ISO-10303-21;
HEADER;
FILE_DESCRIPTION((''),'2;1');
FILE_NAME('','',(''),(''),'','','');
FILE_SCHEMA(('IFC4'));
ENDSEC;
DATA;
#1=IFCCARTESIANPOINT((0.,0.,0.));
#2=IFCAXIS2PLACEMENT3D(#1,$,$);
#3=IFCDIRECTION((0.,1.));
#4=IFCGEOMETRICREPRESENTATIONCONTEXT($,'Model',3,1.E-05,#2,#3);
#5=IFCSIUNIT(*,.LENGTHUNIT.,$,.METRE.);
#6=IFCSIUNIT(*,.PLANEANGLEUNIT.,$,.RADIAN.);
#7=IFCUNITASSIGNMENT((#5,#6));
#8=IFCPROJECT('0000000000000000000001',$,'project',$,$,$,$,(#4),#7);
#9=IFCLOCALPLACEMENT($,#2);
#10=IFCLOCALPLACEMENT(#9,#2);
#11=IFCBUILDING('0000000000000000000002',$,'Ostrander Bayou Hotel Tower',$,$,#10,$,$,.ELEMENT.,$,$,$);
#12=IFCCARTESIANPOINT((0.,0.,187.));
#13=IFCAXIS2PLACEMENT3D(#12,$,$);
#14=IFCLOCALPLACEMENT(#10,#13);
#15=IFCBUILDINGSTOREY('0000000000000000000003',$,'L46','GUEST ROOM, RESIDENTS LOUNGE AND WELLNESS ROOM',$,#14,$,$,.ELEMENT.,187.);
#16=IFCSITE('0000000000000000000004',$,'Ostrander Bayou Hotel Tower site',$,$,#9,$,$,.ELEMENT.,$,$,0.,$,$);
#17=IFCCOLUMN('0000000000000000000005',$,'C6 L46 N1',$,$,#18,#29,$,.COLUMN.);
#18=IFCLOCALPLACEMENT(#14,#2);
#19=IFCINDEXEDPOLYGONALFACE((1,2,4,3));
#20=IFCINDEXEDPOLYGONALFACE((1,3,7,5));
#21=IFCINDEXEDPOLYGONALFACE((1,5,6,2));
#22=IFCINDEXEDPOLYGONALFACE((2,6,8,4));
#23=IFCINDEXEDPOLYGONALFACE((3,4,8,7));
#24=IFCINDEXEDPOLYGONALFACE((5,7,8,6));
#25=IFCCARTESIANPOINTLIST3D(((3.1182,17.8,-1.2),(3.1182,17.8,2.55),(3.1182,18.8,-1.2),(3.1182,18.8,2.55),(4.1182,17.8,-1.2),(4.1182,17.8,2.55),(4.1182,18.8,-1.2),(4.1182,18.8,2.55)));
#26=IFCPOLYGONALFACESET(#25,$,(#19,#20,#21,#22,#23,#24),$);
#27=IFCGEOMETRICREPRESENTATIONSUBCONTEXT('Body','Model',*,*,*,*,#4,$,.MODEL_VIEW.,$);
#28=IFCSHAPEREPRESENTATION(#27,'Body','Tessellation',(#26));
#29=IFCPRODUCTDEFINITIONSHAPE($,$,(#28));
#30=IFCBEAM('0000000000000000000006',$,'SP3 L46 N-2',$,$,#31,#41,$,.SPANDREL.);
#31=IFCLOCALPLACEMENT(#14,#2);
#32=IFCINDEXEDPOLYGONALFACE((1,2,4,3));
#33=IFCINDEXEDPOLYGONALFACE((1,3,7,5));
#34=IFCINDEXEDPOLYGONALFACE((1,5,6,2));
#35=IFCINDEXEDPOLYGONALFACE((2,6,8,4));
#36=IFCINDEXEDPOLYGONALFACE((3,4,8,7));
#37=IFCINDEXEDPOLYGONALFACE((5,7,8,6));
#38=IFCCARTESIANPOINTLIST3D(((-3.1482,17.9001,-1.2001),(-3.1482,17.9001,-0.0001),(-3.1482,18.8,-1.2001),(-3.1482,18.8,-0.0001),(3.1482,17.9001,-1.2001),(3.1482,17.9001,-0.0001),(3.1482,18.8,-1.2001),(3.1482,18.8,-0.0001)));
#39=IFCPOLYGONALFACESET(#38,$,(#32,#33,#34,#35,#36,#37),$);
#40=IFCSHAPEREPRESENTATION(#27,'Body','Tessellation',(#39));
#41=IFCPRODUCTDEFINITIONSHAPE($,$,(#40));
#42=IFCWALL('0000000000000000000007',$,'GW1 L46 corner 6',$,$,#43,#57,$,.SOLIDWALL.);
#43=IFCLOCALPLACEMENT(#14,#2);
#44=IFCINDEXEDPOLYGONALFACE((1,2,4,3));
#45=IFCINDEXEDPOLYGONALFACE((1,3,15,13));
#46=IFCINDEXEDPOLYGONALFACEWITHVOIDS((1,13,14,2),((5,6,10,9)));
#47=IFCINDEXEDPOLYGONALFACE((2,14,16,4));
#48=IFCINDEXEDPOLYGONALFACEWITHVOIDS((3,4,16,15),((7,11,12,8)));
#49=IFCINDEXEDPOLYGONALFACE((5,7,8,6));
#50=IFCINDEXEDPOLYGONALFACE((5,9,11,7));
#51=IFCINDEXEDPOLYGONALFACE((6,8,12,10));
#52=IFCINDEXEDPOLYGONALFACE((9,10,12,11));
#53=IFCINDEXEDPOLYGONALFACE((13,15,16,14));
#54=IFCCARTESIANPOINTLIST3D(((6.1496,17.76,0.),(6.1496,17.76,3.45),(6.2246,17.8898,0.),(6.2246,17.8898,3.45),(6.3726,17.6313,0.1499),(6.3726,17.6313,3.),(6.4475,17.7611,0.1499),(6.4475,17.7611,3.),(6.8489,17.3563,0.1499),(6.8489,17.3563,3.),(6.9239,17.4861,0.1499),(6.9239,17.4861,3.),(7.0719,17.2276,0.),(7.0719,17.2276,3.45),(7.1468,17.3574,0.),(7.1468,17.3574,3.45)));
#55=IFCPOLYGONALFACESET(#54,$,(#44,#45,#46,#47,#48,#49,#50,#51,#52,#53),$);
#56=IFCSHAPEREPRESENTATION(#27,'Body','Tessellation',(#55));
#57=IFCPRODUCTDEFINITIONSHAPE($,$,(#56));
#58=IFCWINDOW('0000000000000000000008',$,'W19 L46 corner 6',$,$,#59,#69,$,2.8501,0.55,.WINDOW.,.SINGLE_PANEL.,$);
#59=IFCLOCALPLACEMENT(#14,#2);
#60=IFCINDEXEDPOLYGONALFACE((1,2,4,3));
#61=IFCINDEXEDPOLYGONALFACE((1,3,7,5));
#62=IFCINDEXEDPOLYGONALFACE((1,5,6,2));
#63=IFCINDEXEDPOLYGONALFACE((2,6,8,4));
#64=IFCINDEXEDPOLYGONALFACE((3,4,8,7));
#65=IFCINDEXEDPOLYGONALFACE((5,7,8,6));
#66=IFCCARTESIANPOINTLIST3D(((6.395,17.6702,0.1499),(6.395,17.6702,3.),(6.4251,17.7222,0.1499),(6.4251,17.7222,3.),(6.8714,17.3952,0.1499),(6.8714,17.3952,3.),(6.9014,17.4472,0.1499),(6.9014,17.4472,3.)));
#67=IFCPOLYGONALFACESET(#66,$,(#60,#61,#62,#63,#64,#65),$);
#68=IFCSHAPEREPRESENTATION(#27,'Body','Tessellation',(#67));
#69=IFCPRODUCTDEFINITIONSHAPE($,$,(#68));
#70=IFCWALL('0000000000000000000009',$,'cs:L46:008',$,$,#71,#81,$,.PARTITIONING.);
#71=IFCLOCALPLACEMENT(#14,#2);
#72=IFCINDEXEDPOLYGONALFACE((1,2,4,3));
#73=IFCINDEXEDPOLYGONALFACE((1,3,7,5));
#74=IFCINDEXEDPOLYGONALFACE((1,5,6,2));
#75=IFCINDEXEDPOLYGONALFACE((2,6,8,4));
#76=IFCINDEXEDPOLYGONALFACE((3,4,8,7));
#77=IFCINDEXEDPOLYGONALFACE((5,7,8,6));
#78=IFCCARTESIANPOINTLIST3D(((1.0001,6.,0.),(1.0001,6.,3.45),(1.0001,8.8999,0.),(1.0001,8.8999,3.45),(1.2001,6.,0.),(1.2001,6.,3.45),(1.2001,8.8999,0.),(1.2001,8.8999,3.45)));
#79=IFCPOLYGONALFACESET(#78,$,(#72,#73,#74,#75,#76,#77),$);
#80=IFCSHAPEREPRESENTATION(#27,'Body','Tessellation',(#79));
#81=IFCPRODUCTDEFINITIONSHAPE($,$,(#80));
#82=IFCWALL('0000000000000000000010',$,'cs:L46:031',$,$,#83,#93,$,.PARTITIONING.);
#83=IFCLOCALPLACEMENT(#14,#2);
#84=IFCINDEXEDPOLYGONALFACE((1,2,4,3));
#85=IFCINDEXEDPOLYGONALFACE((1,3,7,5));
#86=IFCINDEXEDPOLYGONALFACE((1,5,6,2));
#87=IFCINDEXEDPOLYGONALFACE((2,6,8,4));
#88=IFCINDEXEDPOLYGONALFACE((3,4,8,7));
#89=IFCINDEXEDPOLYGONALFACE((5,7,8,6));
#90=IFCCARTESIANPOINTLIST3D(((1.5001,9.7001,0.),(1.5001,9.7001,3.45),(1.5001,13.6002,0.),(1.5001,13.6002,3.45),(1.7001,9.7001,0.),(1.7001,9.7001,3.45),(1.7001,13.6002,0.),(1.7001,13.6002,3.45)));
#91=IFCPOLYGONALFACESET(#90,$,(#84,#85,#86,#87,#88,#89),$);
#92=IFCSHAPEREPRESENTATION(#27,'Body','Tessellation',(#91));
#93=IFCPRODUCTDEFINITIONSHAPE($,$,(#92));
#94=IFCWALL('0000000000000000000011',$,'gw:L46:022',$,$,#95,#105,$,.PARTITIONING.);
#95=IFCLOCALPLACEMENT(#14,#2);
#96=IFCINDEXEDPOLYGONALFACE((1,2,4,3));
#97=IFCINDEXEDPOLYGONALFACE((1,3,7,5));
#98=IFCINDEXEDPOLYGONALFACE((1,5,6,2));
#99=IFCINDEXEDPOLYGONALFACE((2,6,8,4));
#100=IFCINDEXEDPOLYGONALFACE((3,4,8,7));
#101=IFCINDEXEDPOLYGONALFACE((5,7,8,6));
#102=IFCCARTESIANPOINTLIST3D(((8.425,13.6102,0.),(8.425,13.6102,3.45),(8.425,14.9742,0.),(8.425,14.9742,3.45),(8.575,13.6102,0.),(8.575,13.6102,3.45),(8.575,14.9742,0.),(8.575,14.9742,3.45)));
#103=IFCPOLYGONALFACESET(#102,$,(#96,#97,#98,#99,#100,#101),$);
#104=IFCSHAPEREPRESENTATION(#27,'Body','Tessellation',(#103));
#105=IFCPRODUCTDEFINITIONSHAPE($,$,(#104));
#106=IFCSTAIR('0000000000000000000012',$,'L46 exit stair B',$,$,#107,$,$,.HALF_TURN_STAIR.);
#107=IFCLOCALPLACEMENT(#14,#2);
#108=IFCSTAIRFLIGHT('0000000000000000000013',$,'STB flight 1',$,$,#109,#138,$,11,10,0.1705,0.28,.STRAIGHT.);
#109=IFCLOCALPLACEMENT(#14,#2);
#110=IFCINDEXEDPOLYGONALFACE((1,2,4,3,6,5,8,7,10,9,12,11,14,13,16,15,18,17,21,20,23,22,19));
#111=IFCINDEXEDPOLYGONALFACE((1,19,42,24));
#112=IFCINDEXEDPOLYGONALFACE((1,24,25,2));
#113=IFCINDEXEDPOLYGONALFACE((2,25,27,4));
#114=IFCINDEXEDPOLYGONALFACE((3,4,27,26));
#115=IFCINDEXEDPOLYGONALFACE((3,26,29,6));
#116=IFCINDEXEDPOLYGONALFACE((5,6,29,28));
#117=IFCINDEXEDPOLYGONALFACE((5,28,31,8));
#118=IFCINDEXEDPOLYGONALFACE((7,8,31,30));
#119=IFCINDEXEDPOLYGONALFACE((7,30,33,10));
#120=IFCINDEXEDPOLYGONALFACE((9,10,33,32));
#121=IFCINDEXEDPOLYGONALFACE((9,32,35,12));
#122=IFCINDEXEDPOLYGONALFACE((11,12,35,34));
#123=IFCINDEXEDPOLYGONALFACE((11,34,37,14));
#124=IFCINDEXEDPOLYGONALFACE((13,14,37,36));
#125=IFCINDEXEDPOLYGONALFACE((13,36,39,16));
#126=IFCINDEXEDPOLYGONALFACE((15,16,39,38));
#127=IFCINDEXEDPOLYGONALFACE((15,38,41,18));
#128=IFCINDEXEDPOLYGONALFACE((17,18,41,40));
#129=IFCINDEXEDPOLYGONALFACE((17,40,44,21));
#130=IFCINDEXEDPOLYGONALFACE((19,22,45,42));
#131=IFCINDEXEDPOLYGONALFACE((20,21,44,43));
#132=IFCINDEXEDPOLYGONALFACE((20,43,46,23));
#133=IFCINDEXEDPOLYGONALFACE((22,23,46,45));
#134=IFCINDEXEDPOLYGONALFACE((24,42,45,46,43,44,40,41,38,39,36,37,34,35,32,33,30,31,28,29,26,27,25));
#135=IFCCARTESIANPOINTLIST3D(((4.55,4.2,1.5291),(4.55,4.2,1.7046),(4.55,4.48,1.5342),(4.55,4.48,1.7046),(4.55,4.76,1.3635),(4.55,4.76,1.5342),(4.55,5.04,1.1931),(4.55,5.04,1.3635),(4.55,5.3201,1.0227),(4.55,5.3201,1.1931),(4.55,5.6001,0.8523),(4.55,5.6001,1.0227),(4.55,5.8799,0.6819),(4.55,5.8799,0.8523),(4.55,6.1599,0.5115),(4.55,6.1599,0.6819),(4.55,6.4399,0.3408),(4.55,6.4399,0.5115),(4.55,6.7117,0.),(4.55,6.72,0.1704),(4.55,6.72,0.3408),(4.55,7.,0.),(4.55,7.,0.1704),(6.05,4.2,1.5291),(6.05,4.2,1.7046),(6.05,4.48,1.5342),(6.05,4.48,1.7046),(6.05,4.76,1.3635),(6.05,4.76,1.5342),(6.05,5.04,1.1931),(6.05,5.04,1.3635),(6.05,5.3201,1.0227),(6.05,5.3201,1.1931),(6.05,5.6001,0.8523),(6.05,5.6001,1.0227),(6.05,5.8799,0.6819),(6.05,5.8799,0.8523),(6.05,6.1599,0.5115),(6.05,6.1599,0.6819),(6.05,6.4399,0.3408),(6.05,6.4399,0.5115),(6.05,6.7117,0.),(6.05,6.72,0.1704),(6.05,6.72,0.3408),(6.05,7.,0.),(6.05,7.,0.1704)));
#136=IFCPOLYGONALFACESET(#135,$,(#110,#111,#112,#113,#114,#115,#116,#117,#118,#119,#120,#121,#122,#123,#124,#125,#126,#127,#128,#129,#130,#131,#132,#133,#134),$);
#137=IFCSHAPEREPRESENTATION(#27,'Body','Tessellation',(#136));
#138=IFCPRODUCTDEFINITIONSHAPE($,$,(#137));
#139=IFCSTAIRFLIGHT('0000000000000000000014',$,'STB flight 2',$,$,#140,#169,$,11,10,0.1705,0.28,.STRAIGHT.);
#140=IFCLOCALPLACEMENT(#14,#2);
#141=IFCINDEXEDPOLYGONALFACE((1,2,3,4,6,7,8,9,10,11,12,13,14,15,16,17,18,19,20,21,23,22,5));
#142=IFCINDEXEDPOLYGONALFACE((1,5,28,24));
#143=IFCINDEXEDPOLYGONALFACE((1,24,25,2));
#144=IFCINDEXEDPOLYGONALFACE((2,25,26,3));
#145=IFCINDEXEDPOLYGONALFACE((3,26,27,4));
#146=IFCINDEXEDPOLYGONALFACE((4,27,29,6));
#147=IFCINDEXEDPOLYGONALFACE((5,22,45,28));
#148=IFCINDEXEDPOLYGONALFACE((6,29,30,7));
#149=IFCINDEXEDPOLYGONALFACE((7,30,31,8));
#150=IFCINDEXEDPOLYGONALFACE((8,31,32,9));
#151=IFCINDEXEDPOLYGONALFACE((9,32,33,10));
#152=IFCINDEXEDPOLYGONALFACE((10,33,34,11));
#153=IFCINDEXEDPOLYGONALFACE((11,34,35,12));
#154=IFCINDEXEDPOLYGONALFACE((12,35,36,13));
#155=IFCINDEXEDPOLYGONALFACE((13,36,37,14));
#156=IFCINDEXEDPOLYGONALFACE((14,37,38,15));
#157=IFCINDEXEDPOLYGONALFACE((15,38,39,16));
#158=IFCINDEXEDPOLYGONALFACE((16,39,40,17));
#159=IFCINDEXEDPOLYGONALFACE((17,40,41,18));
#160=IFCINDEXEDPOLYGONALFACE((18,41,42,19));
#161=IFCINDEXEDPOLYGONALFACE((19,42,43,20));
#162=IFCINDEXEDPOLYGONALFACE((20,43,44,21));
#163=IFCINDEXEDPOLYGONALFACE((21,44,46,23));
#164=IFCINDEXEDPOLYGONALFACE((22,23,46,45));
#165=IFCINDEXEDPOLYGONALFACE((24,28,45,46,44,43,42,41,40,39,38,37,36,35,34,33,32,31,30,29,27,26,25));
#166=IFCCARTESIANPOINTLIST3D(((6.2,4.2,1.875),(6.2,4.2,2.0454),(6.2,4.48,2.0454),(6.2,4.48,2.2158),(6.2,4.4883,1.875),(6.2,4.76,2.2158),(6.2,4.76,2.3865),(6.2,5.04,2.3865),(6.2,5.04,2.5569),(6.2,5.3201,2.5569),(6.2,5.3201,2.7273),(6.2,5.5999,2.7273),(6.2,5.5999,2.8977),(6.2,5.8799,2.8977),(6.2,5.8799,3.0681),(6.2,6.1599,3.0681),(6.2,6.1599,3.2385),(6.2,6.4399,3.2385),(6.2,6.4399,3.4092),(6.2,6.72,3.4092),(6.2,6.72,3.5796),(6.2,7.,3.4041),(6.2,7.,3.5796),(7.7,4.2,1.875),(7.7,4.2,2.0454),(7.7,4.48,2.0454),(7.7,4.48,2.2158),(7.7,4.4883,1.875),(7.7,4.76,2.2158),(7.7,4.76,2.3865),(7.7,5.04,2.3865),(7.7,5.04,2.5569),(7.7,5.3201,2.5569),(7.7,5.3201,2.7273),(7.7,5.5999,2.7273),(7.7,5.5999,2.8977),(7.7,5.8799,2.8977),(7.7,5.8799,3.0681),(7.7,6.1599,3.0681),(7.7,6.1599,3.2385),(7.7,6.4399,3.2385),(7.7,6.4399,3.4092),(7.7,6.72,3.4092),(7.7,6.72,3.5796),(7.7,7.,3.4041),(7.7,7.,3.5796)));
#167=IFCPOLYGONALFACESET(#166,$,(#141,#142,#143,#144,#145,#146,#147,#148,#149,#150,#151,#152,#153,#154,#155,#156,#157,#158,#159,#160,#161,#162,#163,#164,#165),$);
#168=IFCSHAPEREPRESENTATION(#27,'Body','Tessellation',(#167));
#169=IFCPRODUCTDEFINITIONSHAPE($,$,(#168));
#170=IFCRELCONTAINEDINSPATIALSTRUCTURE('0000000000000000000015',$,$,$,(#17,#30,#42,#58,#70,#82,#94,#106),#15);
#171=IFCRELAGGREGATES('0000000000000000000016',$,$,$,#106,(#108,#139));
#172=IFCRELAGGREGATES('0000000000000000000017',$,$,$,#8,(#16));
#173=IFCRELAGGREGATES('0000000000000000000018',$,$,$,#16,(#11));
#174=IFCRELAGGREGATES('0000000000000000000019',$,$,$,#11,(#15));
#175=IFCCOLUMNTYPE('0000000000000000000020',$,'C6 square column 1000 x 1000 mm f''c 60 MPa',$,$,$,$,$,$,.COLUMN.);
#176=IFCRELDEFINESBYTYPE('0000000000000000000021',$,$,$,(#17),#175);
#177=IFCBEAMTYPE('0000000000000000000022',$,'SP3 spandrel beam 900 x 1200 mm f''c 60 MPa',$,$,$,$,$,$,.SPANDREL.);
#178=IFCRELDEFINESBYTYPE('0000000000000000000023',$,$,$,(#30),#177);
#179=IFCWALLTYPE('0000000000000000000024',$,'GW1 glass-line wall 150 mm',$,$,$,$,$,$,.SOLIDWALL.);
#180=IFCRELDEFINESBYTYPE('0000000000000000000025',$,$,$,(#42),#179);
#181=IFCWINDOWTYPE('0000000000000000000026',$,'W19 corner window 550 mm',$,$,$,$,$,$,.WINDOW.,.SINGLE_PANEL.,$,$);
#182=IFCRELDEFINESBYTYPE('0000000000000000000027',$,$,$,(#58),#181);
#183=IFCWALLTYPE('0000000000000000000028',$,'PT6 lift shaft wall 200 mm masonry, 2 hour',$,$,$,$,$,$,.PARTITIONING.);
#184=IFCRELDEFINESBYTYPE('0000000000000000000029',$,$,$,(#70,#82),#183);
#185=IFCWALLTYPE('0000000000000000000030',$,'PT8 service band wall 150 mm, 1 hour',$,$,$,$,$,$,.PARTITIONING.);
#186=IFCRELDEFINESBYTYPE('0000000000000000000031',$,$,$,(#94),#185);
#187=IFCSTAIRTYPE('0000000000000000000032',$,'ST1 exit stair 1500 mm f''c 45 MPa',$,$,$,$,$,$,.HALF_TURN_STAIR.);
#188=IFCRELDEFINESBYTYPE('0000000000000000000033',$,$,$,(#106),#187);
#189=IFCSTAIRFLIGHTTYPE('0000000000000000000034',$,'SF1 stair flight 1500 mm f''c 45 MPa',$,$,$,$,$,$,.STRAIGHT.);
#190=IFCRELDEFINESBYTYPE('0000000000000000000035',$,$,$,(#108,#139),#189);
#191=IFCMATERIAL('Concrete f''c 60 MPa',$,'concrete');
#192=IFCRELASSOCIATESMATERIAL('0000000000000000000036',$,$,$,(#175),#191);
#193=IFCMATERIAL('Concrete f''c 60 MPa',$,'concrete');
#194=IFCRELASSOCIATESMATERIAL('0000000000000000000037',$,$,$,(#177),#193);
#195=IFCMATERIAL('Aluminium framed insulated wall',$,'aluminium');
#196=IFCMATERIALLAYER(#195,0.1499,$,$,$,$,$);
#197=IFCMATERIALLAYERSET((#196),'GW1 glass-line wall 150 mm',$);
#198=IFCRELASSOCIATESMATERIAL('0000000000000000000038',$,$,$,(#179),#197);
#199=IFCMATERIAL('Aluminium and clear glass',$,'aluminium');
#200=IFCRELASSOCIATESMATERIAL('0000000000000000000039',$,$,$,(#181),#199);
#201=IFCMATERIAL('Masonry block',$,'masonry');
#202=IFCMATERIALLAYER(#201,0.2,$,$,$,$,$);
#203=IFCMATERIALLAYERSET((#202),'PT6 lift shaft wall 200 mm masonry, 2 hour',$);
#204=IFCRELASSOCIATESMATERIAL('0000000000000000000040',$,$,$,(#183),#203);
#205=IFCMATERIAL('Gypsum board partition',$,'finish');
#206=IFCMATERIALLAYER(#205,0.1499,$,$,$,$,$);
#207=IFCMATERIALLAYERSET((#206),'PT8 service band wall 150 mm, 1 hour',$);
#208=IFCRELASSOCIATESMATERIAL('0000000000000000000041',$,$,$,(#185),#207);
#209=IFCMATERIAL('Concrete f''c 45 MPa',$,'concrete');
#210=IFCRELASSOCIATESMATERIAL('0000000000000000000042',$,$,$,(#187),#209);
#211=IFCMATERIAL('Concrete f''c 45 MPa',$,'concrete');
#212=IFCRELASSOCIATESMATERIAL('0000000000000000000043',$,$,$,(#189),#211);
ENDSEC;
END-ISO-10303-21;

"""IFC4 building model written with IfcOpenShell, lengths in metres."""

from ifc_helpers import new_model, si_unit, direction, frame, frame_2d, origin, origin_2d, place, context, subcontext, project, spatial, polyline, rectangle, outline, extrude, material, layer, layer_set, material_profile, profile_set, type_object, element, fill, aggregate, save


model = new_model("IFC4")

# Units and contexts
model_context = context("Model", 3, precision=1e-05, world=origin(), true_north=direction((0.0, 1.0)))
body_context = subcontext(model_context, "Body", "Model", "MODEL_VIEW")
ifc_project = project(units=[si_unit("LENGTHUNIT", "METRE"), si_unit("PLANEANGLEUNIT", "RADIAN")], contexts=[model_context])

# Site, building, storey
site_placement = place(None, origin())
site = spatial("IfcSite", under=ifc_project, at=site_placement, Name="Ostrander Bayou Hotel Tower site", CompositionType="ELEMENT", RefElevation=0.0)
building_placement = place(site_placement, origin())
building = spatial("IfcBuilding", under=site, at=building_placement, Name="Ostrander Bayou Hotel Tower", CompositionType="ELEMENT")
storey_placement = place(building_placement, frame((0.0, 0.0, 187.0)))
storey = spatial("IfcBuildingStorey", under=building, at=storey_placement, Name="L46", Description="GUEST ROOM, RESIDENTS LOUNGE AND WELLNESS ROOM", CompositionType="ELEMENT", Elevation=187.0)

# Column
ifc_material_1 = material(Name="Concrete f'c 60 MPa", Category="concrete")
ifc_material_profile_1 = material_profile(ifc_material_1, rectangle(XDim=1.0, YDim=1.0, at=origin_2d()))
ifc_profile_set_1 = profile_set([ifc_material_profile_1], Name="Concrete f'c 60 MPa")
column_type = type_object("IfcColumnType", Name="C6 square column 1000 x 1000 mm f'c 60 MPa", PredefinedType="COLUMN", material=ifc_profile_set_1)
column_placement = place(storey_placement, frame((3.6182, 18.3, -1.2), z_axis=(0.0, 0.0, 1.0), x_axis=(1.0, 0.0, 0.0)))
element("IfcColumn", 1, at=column_placement, inside=storey, type_object=column_type, Name="C6 L46 N1", PredefinedType="COLUMN", context=body_context, shape_type="SweptSolid", body=[
    extrude(rectangle(XDim=1.0, YDim=1.0, at=origin_2d()), origin(), (0.0, 0.0, 1.0), 3.75),
])

# Beam
ifc_material_2 = material(Name="Concrete f'c 60 MPa", Category="concrete")
ifc_material_profile_2 = material_profile(ifc_material_2, rectangle(XDim=0.8999, YDim=1.2, at=origin_2d()))
ifc_profile_set_2 = profile_set([ifc_material_profile_2], Name="Concrete f'c 60 MPa")
beam_type = type_object("IfcBeamType", Name="SP3 spandrel beam 900 x 1200 mm f'c 60 MPa", PredefinedType="SPANDREL", material=ifc_profile_set_2)
beam_placement = place(storey_placement, frame((3.1482, 18.3501, -0.6001), z_axis=(-1.0, 0.0, 0.0), x_axis=(0.0, -1.0, 0.0)))
element("IfcBeam", 2, at=beam_placement, inside=storey, type_object=beam_type, Name="SP3 L46 N-2", PredefinedType="SPANDREL", context=body_context, shape_type="SweptSolid", body=[
    extrude(rectangle(XDim=0.8999, YDim=1.2, at=origin_2d()), origin(), (0.0, 0.0, 1.0), 6.2964),
])

# Wall, opening, window
ifc_material_3 = material(Name="Aluminium framed insulated wall", Category="aluminium")
ifc_layer_1 = layer(ifc_material_3, 0.1499)
ifc_layer_set_1 = layer_set([ifc_layer_1], Name="GW1 glass-line wall 150 mm")
wall_type_1 = type_object("IfcWallType", Name="GW1 glass-line wall 150 mm", PredefinedType="SOLIDWALL", material=ifc_layer_set_1)
wall_1_placement = place(storey_placement, frame((7.1094, 17.2925, 0.0), z_axis=(0.0, 0.0, 1.0), x_axis=(-0.866048, 0.499961, 0.0)))
wall_1 = element("IfcWall", 3, at=wall_1_placement, inside=storey, type_object=wall_type_1, Name="GW1 L46 corner 6", PredefinedType="SOLIDWALL", context=body_context, shape_type="SweptSolid", body=[
    extrude(rectangle(XDim=1.0649, YDim=0.1499, at=frame_2d((0.5325, 0.0))), origin(), (0.0, 0.0, 1.0), 3.45),
])
opening_1_placement = place(wall_1_placement, frame((0.2576, 0.0, 0.1499)))
opening_1 = element("IfcOpeningElement", 4, at=opening_1_placement, cuts=wall_1, PredefinedType="OPENING", context=body_context, shape_type="SweptSolid", body=[
    extrude(rectangle(XDim=0.55, YDim=2.8501, at=frame_2d((0.2749, 1.425))), frame((0.0, 0.075, 0.0), z_axis=(0.0, -1.0, 0.0), x_axis=(1.0, 0.0, 0.0)), (0.0, 0.0, 1.0), 0.1499),
])
ifc_material_4 = material(Name="Aluminium and clear glass", Category="aluminium")
window_type_1 = type_object("IfcWindowType", Name="W19 corner window 550 mm", PartitioningType="SINGLE_PANEL", PredefinedType="WINDOW", material=ifc_material_4)
window_1_placement = place(opening_1_placement, origin())
window_1 = element("IfcWindow", 5, at=window_1_placement, inside=storey, type_object=window_type_1, Name="W19 L46 corner 6", OverallHeight=2.8501, OverallWidth=0.55, PartitioningType="SINGLE_PANEL", PredefinedType="WINDOW", context=body_context, shape_type="SweptSolid", body=[
    extrude(rectangle(XDim=0.55, YDim=2.8501, at=frame_2d((0.2749, 1.425))), frame((0.0, 0.03, 0.0), z_axis=(0.0, -1.0, 0.0), x_axis=(1.0, 0.0, 0.0)), (0.0, 0.0, 1.0), 0.0601),
])
fill(opening_1, window_1)

# Shared definitions
ifc_material_5 = material(Name="Masonry block", Category="masonry")
ifc_layer_2 = layer(ifc_material_5, 0.2)
ifc_layer_set_2 = layer_set([ifc_layer_2], Name="PT6 lift shaft wall 200 mm masonry, 2 hour")
wall_type_2 = type_object("IfcWallType", Name="PT6 lift shaft wall 200 mm masonry, 2 hour", PredefinedType="PARTITIONING", material=ifc_layer_set_2)

# Walls
wall_2_placement = place(storey_placement, frame((1.1001, 6.0, 0.0), z_axis=(0.0, 0.0, 1.0), x_axis=(0.0, 1.0, 0.0)))
element("IfcWall", 6, at=wall_2_placement, inside=storey, type_object=wall_type_2, Name="cs:L46:008", PredefinedType="PARTITIONING", context=body_context, shape_type="SweptSolid", body=[
    extrude(rectangle(XDim=2.8999, YDim=0.2, at=frame_2d((1.45, 0.0))), origin(), (0.0, 0.0, 1.0), 3.45),
])
wall_3_placement = place(storey_placement, frame((1.6001, 9.7, 0.0), z_axis=(0.0, 0.0, 1.0), x_axis=(0.0, 1.0, 0.0)))
element("IfcWall", 7, at=wall_3_placement, inside=storey, type_object=wall_type_2, Name="cs:L46:031", PredefinedType="PARTITIONING", context=body_context, shape_type="SweptSolid", body=[
    extrude(rectangle(XDim=3.9001, YDim=0.2, at=frame_2d((1.9502, 0.0))), origin(), (0.0, 0.0, 1.0), 3.45),
])
ifc_material_6 = material(Name="Gypsum board partition", Category="finish")
ifc_layer_3 = layer(ifc_material_6, 0.1499)
ifc_layer_set_3 = layer_set([ifc_layer_3], Name="PT8 service band wall 150 mm, 1 hour")
wall_type_3 = type_object("IfcWallType", Name="PT8 service band wall 150 mm, 1 hour", PredefinedType="PARTITIONING", material=ifc_layer_set_3)
wall_4_placement = place(storey_placement, frame((8.5, 13.6101, 0.0), z_axis=(0.0, 0.0, 1.0), x_axis=(0.0, 1.0, 0.0)))
element("IfcWall", 8, at=wall_4_placement, inside=storey, type_object=wall_type_3, Name="gw:L46:022", PredefinedType="PARTITIONING", context=body_context, shape_type="SweptSolid", body=[
    extrude(rectangle(XDim=1.364, YDim=0.1499, at=frame_2d((0.6821, 0.0))), origin(), (0.0, 0.0, 1.0), 3.45),
])

# Stair, stair flights
ifc_material_7 = material(Name="Concrete f'c 45 MPa", Category="concrete")
stair_type = type_object("IfcStairType", Name="ST1 exit stair 1500 mm f'c 45 MPa", PredefinedType="HALF_TURN_STAIR", material=ifc_material_7)
stair_placement = place(storey_placement, origin())
stair = element("IfcStair", 9, at=stair_placement, inside=storey, type_object=stair_type, Name="L46 exit stair B", PredefinedType="HALF_TURN_STAIR")
ifc_material_8 = material(Name="Concrete f'c 45 MPa", Category="concrete")
stair_flight_type = type_object("IfcStairFlightType", Name="SF1 stair flight 1500 mm f'c 45 MPa", PredefinedType="STRAIGHT", material=ifc_material_8)
stair_flight_1_placement = place(storey_placement, frame((5.3, 7.0, 0.0), z_axis=(0.0, 0.0, 1.0), x_axis=(0.0, -1.0, 0.0)))
stair_flight_1 = element("IfcStairFlight", 10, at=stair_flight_1_placement, type_object=stair_flight_type, Name="STB flight 1", NumberOfRisers=11, NumberOfTreads=10, PredefinedType="STRAIGHT", RiserHeight=0.1705, TreadLength=0.28, context=body_context, shape_type="SweptSolid", body=[
    extrude(outline(polyline([(0.0, 0.0), (0.0, 0.1704), (0.28, 0.1704), (0.28, 0.3408), (0.5601, 0.3408), (0.5601, 0.5115), (0.8401, 0.5115), (0.8401, 0.6819), (1.1201, 0.6819), (1.1201, 0.8523), (1.3999, 0.8523), (1.3999, 1.0227), (1.6799, 1.0227), (1.6799, 1.1931), (1.96, 1.1931), (1.96, 1.3635), (2.24, 1.3635), (2.24, 1.5342), (2.52, 1.5342), (2.52, 1.7046), (2.8, 1.7046), (2.8, 1.875), (2.8, 1.5291), (0.2883, 0.0), (0.0, 0.0)])), frame((0.0, 0.75, 0.0), z_axis=(0.0, -1.0, 0.0), x_axis=(1.0, 0.0, 0.0)), (0.0, 0.0, 1.0), 1.5),
])
stair_flight_2_placement = place(storey_placement, frame((6.95, 4.2, 1.875), z_axis=(0.0, 0.0, 1.0), x_axis=(0.0, 1.0, 0.0)))
stair_flight_2 = element("IfcStairFlight", 11, at=stair_flight_2_placement, type_object=stair_flight_type, Name="STB flight 2", NumberOfRisers=11, NumberOfTreads=10, PredefinedType="STRAIGHT", RiserHeight=0.1705, TreadLength=0.28, context=body_context, shape_type="SweptSolid", body=[
    extrude(outline(polyline([(0.0, 0.0), (0.0, 0.1704), (0.28, 0.1704), (0.28, 0.3408), (0.5601, 0.3408), (0.5601, 0.5115), (0.8401, 0.5115), (0.8401, 0.6819), (1.1201, 0.6819), (1.1201, 0.8523), (1.3999, 0.8523), (1.3999, 1.0227), (1.6799, 1.0227), (1.6799, 1.1931), (1.96, 1.1931), (1.96, 1.3635), (2.24, 1.3635), (2.24, 1.5342), (2.52, 1.5342), (2.52, 1.7046), (2.8, 1.7046), (2.8, 1.875), (2.8, 1.5291), (0.2883, 0.0), (0.0, 0.0)])), frame((0.0, 0.75, 0.0), z_axis=(0.0, -1.0, 0.0), x_axis=(1.0, 0.0, 0.0)), (0.0, 0.0, 1.0), 1.5),
])
aggregate(stair, [stair_flight_1, stair_flight_2])

save(model, "model.ifc")
